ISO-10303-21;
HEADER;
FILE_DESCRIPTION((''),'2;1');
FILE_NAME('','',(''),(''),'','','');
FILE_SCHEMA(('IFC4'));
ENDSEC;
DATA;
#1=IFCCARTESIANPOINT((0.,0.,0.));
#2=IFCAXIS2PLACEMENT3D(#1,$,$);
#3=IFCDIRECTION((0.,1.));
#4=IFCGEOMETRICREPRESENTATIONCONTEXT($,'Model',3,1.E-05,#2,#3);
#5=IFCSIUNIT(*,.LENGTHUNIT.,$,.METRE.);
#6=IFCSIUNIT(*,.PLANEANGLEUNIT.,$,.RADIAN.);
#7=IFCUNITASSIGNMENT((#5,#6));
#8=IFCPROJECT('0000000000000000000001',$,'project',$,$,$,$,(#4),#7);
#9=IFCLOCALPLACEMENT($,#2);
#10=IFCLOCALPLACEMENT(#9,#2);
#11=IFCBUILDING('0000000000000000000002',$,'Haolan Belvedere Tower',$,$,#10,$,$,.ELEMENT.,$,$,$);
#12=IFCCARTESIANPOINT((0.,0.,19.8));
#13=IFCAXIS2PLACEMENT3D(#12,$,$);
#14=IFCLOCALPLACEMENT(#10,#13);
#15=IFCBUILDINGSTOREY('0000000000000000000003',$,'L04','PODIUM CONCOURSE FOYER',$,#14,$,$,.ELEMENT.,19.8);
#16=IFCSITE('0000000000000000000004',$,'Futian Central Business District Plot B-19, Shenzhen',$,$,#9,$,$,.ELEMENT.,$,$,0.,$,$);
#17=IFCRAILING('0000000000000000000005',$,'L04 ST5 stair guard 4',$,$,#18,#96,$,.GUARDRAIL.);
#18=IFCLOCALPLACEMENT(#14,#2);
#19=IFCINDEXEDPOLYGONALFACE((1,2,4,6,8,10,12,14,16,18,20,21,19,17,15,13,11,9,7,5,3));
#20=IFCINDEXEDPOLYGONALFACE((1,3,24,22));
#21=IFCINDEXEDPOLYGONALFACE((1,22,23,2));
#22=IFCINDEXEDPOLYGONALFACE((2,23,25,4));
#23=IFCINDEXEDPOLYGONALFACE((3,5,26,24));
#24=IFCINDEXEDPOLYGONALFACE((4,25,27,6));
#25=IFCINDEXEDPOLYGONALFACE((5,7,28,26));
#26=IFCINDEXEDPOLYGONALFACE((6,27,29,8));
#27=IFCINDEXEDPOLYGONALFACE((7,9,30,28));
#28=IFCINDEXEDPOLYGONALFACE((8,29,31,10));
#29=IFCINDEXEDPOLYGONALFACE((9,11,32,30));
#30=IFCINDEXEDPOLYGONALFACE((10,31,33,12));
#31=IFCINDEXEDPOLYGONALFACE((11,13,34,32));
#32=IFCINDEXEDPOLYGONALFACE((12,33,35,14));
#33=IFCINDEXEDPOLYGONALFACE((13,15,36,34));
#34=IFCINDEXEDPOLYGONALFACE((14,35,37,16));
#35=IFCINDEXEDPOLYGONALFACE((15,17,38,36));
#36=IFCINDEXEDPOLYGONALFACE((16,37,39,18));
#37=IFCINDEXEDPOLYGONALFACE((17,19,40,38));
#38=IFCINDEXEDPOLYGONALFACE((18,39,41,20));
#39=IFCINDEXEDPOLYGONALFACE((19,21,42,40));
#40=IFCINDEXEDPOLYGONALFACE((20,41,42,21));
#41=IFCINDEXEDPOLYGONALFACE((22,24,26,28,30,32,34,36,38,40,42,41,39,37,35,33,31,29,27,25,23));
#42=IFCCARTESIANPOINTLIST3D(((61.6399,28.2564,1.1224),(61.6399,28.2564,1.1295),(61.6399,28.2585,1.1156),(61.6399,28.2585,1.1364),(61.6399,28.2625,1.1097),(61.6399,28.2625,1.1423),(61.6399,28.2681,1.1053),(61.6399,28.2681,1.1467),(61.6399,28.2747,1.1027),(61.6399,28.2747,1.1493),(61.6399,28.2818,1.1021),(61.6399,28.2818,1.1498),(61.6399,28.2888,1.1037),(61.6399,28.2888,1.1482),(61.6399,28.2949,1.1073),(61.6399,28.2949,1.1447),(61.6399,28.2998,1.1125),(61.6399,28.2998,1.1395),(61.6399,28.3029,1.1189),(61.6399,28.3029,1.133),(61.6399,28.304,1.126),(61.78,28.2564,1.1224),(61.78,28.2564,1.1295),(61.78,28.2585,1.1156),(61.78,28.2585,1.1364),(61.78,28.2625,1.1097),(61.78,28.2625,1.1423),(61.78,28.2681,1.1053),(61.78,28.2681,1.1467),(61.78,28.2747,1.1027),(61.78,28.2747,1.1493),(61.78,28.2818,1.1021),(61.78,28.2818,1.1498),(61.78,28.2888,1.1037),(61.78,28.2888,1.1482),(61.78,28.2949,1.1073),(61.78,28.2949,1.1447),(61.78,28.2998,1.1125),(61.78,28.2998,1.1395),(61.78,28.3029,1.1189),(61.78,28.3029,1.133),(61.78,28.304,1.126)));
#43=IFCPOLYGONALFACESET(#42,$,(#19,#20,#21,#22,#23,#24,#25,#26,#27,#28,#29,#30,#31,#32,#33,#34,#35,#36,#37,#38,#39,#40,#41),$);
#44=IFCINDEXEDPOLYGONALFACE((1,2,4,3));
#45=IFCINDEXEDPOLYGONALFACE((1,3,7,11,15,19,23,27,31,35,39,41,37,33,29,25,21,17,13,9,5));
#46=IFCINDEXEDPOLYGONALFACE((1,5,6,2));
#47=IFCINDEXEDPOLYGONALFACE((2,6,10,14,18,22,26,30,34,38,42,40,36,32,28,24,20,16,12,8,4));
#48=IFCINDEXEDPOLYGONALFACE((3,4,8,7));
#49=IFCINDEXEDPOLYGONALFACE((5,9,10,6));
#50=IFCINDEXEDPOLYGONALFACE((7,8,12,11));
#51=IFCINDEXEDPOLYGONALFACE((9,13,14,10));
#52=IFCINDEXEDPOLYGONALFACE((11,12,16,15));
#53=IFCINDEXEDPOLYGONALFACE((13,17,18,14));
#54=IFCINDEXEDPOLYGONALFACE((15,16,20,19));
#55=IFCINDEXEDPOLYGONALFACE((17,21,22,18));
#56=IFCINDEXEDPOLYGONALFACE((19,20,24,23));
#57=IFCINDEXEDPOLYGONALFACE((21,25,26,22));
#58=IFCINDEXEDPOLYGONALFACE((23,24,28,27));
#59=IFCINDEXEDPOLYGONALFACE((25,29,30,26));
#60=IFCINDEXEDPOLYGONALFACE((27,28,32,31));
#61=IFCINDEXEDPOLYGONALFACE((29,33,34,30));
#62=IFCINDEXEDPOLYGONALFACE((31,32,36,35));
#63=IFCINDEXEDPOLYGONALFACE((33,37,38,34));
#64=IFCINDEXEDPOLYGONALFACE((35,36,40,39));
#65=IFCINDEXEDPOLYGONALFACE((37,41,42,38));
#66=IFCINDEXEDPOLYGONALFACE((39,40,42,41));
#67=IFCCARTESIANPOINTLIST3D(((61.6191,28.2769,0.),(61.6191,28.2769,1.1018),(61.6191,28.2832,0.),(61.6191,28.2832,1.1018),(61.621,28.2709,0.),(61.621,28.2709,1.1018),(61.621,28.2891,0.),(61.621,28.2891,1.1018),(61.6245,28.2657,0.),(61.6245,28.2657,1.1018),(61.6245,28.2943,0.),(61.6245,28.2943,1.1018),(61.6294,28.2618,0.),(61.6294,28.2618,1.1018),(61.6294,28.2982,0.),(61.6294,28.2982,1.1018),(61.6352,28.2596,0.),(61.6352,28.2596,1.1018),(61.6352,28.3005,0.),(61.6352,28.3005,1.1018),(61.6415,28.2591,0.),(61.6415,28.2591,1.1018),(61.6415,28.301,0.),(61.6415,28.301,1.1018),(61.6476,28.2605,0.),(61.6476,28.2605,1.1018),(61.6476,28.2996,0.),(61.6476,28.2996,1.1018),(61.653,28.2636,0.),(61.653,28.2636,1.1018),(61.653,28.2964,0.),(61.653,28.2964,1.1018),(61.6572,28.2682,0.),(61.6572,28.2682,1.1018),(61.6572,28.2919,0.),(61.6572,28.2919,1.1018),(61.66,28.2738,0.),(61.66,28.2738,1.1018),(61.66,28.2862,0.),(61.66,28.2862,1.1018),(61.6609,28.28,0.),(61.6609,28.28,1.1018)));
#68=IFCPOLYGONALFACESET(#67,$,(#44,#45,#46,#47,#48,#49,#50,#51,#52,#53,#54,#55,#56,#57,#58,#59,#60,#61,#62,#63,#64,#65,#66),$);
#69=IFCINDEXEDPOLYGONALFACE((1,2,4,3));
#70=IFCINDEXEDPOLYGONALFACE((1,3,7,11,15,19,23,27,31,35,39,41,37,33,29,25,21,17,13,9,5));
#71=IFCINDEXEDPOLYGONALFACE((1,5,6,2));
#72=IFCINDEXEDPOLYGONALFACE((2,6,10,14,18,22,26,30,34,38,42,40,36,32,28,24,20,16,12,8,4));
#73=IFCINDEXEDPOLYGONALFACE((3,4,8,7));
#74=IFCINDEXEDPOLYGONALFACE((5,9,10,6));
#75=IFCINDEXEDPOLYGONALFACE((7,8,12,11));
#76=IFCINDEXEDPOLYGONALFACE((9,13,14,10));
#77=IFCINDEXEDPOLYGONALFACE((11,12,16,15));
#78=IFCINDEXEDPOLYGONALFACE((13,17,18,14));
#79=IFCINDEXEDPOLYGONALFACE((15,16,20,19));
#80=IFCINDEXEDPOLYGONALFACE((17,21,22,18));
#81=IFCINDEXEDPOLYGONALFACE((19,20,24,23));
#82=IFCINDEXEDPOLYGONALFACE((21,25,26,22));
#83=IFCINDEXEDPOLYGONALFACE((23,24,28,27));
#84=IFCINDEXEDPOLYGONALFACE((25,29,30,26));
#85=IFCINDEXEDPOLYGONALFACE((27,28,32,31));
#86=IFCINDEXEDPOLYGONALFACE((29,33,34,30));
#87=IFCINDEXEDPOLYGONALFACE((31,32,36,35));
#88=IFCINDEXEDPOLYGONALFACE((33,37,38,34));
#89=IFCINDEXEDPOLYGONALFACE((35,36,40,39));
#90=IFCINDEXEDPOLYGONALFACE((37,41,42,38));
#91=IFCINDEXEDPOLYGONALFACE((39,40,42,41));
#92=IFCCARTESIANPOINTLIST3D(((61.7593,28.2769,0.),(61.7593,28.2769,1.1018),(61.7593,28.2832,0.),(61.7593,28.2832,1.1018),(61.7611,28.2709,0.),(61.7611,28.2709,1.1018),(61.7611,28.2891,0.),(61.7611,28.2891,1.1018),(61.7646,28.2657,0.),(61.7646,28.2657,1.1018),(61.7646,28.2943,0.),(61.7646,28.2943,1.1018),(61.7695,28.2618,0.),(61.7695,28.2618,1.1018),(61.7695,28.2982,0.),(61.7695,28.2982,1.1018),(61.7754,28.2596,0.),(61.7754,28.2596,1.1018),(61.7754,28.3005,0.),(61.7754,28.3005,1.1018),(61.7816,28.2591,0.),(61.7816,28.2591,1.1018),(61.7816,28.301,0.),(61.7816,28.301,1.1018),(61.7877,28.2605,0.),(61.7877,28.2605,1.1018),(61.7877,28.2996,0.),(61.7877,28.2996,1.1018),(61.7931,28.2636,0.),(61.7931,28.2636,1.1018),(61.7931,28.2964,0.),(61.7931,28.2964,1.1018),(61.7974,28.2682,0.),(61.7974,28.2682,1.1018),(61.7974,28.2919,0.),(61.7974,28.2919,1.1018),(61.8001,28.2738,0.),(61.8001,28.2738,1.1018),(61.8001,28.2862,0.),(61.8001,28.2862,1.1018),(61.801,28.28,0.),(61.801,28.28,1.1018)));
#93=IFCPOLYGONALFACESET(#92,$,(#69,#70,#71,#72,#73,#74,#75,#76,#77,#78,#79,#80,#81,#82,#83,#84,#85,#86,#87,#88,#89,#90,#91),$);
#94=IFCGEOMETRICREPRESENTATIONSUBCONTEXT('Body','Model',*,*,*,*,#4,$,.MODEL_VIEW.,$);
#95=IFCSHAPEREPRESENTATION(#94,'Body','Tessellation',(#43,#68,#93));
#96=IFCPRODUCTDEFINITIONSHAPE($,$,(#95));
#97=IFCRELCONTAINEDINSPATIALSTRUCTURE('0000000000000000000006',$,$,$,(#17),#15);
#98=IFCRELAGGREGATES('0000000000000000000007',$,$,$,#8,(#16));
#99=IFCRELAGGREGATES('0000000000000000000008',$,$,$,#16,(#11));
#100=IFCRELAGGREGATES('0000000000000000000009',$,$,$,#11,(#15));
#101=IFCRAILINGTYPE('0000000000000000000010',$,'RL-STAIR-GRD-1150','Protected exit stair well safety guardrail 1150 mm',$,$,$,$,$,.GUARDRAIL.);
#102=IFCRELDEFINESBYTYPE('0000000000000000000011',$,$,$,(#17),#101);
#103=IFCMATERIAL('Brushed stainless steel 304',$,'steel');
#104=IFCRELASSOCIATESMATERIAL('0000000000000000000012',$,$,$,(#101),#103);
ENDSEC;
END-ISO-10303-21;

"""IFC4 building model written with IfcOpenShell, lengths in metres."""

from ifc_helpers import new_model, si_unit, direction, frame, origin, origin_2d, place, context, subcontext, project, spatial, circle, extrude, material, type_object, element, save


model = new_model("IFC4")

# Units and contexts
model_context = context("Model", 3, precision=1e-05, world=origin(), true_north=direction((0.0, 1.0)))
body_context = subcontext(model_context, "Body", "Model", "MODEL_VIEW")
ifc_project = project(units=[si_unit("LENGTHUNIT", "METRE"), si_unit("PLANEANGLEUNIT", "RADIAN")], contexts=[model_context])

# Site, building, storey
site_placement = place(None, origin())
site = spatial("IfcSite", under=ifc_project, at=site_placement, Name="Futian Central Business District Plot B-19, Shenzhen", CompositionType="ELEMENT", RefElevation=0.0)
building_placement = place(site_placement, origin())
building = spatial("IfcBuilding", under=site, at=building_placement, Name="Haolan Belvedere Tower", CompositionType="ELEMENT")
storey_placement = place(building_placement, frame((0.0, 0.0, 19.8)))
storey = spatial("IfcBuildingStorey", under=building, at=storey_placement, Name="L04", Description="PODIUM CONCOURSE FOYER", CompositionType="ELEMENT", Elevation=19.8)

# Railing
ifc_material_1 = material(Name="Brushed stainless steel 304", Category="steel")
railing_type_1 = type_object("IfcRailingType", Name="RL-STAIR-GRD-1150", Description="Protected exit stair well safety guardrail 1150 mm", PredefinedType="GUARDRAIL", material=ifc_material_1)
railing_1_placement = place(storey_placement, frame((61.6399, 28.28, 0.0)))
element("IfcRailing", 1, at=railing_1_placement, inside=storey, type_object=railing_type_1, Name="L04 ST5 stair guard 4", PredefinedType="GUARDRAIL", context=body_context, shape_type="SweptSolid", body=[
    extrude(circle(Radius=0.0239, at=origin_2d()), frame((0.0, 0.0, 1.126), z_axis=(1.0, 0.0, 0.0), x_axis=(0.0, 1.0, 0.0)), (0.0, 0.0, 1.0), 0.1401),
    extrude(circle(Radius=0.021, at=origin_2d()), origin(), (0.0, 0.0, 1.0), 1.1018),
    extrude(circle(Radius=0.021, at=origin_2d()), frame((0.1401, 0.0, 0.0)), (0.0, 0.0, 1.0), 1.1018),
])

save(model, "model.ifc")
